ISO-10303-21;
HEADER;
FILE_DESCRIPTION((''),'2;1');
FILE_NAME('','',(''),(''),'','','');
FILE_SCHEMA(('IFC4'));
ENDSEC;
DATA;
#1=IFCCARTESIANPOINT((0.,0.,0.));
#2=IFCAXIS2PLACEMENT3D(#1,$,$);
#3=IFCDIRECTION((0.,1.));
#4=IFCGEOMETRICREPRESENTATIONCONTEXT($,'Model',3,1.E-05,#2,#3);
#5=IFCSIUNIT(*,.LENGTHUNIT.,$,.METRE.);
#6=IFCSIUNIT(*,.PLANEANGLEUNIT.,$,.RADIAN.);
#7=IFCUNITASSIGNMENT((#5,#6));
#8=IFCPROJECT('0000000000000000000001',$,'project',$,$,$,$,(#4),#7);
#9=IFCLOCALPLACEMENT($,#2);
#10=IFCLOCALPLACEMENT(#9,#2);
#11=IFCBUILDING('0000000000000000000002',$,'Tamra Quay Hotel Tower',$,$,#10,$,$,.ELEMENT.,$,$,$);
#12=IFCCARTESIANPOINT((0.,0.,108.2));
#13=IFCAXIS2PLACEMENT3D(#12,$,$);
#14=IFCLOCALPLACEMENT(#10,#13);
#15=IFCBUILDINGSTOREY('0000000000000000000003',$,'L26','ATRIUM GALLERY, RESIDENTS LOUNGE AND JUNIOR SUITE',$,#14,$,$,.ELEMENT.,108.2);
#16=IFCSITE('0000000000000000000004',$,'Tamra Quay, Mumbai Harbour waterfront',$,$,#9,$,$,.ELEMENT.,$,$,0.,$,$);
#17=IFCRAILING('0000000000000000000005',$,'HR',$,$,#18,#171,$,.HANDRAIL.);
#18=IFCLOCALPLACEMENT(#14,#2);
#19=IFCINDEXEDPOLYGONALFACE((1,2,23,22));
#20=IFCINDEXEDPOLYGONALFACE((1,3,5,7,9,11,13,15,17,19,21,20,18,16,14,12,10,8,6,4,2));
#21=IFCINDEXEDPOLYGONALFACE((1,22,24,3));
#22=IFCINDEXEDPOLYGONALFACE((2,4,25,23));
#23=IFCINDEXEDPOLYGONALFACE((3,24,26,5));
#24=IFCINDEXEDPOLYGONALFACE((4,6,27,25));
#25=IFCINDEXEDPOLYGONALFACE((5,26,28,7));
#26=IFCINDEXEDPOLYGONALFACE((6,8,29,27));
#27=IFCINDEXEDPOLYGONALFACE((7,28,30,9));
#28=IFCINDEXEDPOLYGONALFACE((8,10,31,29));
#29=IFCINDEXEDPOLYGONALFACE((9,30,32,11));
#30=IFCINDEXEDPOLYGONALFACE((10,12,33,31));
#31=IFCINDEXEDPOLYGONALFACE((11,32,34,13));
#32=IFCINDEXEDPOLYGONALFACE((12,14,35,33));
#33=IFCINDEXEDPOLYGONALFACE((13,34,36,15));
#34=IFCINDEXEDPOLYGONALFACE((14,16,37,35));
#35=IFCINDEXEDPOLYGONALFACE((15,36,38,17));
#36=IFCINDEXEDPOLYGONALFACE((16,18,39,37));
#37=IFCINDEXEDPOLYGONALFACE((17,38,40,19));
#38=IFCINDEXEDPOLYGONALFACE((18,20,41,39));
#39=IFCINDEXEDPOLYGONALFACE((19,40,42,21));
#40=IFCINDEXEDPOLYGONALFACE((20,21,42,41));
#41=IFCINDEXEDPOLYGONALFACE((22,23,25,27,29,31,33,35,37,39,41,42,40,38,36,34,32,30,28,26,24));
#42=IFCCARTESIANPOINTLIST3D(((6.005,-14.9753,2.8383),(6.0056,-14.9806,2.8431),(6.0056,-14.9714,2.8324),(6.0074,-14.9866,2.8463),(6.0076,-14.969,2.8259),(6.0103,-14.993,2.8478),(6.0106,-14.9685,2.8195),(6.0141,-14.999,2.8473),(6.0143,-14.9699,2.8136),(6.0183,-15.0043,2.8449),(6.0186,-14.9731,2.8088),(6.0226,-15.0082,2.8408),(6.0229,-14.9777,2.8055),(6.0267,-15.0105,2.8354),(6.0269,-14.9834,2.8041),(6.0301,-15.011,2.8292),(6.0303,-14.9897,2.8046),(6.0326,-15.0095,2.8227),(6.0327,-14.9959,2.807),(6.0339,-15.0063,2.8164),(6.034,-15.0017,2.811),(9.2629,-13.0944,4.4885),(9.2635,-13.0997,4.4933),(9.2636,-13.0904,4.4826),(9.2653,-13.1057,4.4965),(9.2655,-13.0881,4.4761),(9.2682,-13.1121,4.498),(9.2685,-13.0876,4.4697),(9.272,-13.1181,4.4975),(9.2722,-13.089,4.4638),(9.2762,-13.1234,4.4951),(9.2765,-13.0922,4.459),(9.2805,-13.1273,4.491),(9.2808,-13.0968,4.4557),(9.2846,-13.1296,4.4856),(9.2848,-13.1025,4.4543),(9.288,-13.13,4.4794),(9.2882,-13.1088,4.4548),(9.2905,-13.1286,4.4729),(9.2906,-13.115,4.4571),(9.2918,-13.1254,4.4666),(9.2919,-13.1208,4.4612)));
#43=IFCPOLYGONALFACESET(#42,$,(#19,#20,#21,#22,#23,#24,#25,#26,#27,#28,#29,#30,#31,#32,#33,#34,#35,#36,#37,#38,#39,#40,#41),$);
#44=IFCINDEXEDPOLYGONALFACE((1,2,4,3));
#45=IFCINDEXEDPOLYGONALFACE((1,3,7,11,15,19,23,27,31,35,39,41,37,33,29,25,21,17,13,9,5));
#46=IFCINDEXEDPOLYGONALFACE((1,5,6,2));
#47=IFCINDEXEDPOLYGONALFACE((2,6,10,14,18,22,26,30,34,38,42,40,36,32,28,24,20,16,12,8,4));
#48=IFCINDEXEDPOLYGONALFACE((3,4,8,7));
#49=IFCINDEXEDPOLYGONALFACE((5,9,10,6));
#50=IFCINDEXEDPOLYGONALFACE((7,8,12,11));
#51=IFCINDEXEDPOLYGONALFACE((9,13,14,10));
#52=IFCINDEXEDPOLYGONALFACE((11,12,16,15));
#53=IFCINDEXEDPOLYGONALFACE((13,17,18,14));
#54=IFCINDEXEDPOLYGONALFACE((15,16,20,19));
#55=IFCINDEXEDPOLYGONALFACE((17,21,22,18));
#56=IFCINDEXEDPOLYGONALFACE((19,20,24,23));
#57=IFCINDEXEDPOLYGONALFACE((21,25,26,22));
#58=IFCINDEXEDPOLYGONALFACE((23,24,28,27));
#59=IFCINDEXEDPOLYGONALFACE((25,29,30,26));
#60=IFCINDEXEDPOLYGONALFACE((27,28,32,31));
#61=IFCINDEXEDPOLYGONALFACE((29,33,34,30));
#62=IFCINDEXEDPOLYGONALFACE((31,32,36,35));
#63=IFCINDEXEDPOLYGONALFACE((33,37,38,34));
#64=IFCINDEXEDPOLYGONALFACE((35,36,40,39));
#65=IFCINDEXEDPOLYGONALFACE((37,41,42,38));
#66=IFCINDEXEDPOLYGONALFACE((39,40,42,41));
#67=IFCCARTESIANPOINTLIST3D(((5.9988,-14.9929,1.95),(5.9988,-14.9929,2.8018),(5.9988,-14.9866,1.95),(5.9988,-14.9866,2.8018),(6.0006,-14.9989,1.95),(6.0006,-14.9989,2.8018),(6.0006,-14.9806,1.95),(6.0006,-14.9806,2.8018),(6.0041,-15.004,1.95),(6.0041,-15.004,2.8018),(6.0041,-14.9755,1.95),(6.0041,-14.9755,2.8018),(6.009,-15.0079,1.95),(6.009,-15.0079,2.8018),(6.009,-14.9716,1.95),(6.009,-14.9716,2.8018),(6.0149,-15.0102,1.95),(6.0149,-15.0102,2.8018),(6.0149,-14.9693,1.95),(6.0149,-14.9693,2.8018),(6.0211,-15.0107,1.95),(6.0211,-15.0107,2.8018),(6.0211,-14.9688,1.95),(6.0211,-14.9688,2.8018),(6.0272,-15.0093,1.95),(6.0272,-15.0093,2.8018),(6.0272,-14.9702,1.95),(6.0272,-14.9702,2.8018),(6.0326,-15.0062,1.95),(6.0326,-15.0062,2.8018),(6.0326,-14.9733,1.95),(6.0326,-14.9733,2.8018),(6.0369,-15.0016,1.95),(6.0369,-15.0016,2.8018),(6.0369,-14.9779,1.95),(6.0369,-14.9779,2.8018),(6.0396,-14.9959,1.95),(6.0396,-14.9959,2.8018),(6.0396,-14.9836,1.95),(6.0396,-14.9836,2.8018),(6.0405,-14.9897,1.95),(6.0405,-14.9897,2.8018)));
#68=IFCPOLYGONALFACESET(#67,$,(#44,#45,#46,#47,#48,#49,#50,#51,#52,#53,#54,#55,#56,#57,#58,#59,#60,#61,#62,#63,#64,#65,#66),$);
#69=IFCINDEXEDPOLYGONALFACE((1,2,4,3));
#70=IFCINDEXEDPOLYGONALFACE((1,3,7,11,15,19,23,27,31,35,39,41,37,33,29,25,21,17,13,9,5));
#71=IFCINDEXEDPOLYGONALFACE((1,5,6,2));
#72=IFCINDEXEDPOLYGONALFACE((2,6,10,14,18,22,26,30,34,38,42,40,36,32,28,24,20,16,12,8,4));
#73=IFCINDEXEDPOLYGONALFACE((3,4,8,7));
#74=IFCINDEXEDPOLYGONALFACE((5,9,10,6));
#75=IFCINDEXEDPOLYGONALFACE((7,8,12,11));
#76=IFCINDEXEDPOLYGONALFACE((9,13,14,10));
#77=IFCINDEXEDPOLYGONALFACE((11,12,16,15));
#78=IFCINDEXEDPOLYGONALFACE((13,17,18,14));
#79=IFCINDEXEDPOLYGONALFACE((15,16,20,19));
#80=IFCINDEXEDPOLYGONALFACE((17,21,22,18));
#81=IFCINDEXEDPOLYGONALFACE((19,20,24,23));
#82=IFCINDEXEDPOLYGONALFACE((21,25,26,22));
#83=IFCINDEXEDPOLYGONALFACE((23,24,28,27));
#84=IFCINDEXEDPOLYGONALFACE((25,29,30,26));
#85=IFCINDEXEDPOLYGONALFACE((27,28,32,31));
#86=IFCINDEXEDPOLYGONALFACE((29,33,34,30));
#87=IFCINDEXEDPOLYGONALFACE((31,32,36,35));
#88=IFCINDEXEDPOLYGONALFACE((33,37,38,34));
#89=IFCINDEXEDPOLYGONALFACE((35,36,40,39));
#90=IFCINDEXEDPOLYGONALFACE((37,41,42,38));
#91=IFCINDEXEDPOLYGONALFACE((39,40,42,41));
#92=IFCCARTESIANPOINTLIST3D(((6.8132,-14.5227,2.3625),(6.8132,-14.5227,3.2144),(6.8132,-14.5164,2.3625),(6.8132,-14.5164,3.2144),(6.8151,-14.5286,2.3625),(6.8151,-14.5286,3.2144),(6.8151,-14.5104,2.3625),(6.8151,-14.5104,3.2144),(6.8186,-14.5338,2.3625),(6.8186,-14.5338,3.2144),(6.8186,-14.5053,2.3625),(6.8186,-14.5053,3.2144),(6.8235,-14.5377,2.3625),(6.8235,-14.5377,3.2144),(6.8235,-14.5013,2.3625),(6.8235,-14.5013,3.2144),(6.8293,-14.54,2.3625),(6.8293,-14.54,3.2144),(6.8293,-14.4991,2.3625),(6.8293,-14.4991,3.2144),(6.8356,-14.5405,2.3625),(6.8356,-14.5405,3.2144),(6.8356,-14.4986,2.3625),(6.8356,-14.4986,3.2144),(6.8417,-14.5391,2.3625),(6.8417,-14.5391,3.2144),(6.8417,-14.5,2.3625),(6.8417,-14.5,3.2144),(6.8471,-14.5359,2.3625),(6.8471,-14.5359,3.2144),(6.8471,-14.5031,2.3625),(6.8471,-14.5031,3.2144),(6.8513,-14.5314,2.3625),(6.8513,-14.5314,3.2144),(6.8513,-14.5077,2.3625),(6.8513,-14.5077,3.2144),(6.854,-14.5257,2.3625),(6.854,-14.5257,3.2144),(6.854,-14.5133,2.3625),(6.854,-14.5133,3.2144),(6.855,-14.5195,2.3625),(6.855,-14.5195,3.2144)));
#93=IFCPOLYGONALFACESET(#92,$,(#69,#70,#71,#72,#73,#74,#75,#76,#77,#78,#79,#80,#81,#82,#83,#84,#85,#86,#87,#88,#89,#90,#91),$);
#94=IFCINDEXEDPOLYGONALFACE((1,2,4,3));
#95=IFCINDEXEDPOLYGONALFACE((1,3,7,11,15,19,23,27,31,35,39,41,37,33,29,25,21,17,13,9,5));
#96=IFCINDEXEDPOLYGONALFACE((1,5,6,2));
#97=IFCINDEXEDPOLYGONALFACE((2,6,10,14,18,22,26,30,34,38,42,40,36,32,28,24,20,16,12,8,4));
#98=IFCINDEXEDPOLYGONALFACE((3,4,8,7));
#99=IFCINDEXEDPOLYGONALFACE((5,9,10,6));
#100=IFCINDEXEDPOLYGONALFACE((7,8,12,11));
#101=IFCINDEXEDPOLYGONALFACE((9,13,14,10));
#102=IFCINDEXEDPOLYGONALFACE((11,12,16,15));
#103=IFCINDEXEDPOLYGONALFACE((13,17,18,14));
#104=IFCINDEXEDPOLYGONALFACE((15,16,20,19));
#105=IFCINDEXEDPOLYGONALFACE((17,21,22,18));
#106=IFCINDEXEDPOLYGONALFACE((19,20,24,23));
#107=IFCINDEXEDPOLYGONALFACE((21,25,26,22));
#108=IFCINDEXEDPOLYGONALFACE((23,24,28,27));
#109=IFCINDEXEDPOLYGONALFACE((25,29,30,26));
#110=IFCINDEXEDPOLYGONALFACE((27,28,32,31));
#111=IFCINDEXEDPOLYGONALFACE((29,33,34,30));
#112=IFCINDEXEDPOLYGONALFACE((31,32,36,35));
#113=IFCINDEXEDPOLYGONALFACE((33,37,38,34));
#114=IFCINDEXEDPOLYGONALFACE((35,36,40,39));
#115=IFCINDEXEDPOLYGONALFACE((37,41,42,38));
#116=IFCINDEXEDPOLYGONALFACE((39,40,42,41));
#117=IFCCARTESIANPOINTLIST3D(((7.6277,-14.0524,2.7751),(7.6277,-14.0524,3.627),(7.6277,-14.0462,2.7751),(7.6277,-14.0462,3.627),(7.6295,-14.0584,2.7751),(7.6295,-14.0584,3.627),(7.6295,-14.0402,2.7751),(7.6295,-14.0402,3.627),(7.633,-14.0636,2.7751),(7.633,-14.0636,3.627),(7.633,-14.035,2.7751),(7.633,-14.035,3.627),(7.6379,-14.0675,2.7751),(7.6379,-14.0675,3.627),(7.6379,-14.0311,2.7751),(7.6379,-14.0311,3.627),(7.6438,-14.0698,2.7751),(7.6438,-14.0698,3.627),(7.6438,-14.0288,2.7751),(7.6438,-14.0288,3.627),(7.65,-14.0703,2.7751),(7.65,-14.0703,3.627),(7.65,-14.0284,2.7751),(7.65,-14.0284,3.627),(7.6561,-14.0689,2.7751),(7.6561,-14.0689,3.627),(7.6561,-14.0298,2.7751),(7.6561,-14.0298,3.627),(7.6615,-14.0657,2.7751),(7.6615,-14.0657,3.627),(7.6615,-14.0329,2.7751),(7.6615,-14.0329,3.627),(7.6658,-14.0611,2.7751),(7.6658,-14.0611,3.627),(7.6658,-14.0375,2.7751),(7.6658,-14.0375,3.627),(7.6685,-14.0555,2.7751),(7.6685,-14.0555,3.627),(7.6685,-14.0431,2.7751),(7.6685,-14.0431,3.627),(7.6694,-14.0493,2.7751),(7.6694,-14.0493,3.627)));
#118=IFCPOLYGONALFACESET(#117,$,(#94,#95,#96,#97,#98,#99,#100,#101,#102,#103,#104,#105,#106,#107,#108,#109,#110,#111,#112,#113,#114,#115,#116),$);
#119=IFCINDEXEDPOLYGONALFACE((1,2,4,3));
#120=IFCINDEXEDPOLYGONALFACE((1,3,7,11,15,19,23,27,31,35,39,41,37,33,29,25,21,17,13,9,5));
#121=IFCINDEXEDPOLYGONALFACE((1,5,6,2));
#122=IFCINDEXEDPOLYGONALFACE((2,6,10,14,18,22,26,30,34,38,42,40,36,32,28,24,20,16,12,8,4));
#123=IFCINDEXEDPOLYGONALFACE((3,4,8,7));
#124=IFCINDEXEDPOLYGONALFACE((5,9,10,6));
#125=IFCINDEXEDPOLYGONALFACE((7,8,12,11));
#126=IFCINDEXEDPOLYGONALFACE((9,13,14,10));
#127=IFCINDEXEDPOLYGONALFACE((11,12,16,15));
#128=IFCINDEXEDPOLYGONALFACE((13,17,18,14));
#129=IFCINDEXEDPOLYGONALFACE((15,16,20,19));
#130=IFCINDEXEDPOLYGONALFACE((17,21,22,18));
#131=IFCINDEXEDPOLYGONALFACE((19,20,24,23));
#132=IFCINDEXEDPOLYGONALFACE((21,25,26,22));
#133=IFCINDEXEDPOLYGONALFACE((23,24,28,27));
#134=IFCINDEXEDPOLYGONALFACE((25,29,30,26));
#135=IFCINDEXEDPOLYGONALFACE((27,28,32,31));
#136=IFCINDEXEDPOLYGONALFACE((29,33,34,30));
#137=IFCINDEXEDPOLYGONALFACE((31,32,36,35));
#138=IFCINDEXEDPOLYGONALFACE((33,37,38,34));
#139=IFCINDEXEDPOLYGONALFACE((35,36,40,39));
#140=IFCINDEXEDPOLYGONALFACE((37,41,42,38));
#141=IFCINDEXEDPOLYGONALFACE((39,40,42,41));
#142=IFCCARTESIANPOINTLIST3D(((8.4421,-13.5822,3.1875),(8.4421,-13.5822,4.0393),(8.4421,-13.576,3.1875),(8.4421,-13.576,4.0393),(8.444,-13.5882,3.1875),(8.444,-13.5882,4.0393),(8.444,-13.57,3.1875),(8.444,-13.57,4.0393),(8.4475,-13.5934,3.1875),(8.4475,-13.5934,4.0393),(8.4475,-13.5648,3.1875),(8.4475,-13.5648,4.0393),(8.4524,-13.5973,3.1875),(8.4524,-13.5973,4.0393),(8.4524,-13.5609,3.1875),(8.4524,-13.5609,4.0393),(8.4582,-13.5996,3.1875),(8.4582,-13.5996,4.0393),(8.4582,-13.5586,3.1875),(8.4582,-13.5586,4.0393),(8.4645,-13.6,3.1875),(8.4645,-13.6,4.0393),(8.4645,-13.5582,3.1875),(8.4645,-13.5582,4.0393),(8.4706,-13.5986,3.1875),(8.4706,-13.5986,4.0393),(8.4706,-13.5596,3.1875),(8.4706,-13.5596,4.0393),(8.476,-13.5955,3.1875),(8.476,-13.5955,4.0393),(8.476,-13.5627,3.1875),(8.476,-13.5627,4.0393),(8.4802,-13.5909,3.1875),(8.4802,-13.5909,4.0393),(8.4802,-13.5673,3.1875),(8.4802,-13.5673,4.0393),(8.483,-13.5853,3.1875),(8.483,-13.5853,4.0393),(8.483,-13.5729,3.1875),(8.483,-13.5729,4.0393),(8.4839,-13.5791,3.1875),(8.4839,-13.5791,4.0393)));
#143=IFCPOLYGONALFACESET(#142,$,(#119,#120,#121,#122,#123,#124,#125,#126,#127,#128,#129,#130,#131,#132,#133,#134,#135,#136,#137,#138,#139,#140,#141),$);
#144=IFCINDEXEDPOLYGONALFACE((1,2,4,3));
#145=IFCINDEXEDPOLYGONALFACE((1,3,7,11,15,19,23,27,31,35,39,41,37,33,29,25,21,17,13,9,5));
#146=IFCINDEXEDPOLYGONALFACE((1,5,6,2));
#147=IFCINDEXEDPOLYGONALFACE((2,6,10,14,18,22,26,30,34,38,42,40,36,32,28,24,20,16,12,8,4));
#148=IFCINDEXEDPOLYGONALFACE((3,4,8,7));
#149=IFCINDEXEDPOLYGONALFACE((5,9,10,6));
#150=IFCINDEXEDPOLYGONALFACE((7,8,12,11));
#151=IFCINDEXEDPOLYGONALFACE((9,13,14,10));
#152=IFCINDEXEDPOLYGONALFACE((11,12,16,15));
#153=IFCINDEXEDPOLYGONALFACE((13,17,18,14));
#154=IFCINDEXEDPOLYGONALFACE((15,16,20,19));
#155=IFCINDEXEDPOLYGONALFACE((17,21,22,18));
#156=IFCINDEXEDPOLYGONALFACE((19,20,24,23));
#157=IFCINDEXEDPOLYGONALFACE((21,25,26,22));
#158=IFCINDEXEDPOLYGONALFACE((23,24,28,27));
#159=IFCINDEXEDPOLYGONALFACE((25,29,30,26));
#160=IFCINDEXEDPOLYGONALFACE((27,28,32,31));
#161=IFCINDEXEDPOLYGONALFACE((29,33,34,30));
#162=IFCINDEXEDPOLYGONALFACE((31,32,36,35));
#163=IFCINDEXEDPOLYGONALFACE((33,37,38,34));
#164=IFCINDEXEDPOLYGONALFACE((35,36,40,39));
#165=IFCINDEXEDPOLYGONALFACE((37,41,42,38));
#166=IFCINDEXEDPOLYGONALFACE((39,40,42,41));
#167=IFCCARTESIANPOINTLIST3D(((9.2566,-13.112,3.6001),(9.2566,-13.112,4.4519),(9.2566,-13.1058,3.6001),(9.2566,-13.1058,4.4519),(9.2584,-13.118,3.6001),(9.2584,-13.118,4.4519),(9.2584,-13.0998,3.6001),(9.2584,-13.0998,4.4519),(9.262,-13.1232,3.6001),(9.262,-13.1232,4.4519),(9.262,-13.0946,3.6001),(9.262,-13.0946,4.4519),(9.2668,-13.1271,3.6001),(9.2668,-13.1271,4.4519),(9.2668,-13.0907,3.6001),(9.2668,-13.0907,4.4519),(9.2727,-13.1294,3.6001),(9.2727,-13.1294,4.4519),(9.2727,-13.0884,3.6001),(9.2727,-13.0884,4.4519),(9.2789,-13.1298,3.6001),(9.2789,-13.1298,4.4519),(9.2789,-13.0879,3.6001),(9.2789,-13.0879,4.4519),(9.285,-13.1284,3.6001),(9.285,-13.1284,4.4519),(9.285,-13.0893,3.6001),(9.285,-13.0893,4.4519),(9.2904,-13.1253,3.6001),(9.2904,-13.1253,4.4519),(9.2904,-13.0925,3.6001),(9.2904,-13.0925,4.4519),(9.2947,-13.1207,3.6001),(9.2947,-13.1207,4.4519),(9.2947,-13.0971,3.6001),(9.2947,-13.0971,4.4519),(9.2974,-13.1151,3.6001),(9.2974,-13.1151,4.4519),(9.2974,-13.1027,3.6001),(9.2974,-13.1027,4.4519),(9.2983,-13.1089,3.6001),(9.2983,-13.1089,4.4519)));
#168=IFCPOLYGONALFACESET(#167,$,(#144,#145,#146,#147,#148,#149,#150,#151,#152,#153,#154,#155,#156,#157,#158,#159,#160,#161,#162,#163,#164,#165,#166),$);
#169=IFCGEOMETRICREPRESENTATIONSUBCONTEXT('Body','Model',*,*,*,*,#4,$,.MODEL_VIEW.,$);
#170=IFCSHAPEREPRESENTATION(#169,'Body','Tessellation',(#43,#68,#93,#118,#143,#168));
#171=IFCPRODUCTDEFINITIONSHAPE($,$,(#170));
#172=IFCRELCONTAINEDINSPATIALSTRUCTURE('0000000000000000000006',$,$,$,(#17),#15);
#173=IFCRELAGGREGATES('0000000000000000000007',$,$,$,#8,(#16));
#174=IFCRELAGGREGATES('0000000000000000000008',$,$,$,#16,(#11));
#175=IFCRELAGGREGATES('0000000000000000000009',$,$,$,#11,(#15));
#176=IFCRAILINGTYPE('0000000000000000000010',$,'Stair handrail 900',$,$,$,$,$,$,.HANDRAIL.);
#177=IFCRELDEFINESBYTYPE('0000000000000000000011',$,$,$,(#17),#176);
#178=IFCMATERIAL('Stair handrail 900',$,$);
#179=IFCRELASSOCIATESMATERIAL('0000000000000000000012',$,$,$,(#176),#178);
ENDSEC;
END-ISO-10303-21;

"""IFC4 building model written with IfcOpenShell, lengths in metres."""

from ifc_helpers import new_model, si_unit, direction, frame, origin, origin_2d, place, context, subcontext, project, spatial, circle, extrude, material, type_object, element, save


model = new_model("IFC4")

# Units and contexts
model_context = context("Model", 3, precision=1e-05, world=origin(), true_north=direction((0.0, 1.0)))
body_context = subcontext(model_context, "Body", "Model", "MODEL_VIEW")
ifc_project = project(units=[si_unit("LENGTHUNIT", "METRE"), si_unit("PLANEANGLEUNIT", "RADIAN")], contexts=[model_context])

# Site, building, storey
site_placement = place(None, origin())
site = spatial("IfcSite", under=ifc_project, at=site_placement, Name="Tamra Quay, Mumbai Harbour waterfront", CompositionType="ELEMENT", RefElevation=0.0)
building_placement = place(site_placement, origin())
building = spatial("IfcBuilding", under=site, at=building_placement, Name="Tamra Quay Hotel Tower", CompositionType="ELEMENT")
storey_placement = place(building_placement, frame((0.0, 0.0, 108.2)))
storey = spatial("IfcBuildingStorey", under=building, at=storey_placement, Name="L26", Description="ATRIUM GALLERY, RESIDENTS LOUNGE AND JUNIOR SUITE", CompositionType="ELEMENT", Elevation=108.2)

# Railing
ifc_material_1 = material(Name="Stair handrail 900")
railing_type_1 = type_object("IfcRailingType", Name="Stair handrail 900", PredefinedType="HANDRAIL", material=ifc_material_1)
railing_1_placement = place(storey_placement, frame((6.0195, -14.9897, 1.95)))
element("IfcRailing", 1, at=railing_1_placement, inside=storey, type_object=railing_type_1, Name="HR", PredefinedType="HANDRAIL", context=body_context, shape_type="SweptSolid", body=[
    extrude(circle(Radius=0.0239, at=origin_2d()), frame((0.0, 0.0, 0.876), z_axis=(0.793081, 0.457876, 0.401711), x_axis=(-0.499992, 0.86603, 0.0)), (0.0, 0.0, 1.0), 4.1079),
    extrude(circle(Radius=0.021, at=origin_2d()), origin(), (0.0, 0.0, 1.0), 0.8518),
    extrude(circle(Radius=0.021, at=origin_2d()), frame((0.8145, 0.4702, 0.4126)), (0.0, 0.0, 1.0), 0.8518),
    extrude(circle(Radius=0.021, at=origin_2d()), frame((1.6289, 0.9404, 0.8252)), (0.0, 0.0, 1.0), 0.8518),
    extrude(circle(Radius=0.021, at=origin_2d()), frame((2.4434, 1.4106, 1.2375)), (0.0, 0.0, 1.0), 0.8518),
    extrude(circle(Radius=0.021, at=origin_2d()), frame((3.2578, 1.8809, 1.6501)), (0.0, 0.0, 1.0), 0.8518),
])

save(model, "model.ifc")
